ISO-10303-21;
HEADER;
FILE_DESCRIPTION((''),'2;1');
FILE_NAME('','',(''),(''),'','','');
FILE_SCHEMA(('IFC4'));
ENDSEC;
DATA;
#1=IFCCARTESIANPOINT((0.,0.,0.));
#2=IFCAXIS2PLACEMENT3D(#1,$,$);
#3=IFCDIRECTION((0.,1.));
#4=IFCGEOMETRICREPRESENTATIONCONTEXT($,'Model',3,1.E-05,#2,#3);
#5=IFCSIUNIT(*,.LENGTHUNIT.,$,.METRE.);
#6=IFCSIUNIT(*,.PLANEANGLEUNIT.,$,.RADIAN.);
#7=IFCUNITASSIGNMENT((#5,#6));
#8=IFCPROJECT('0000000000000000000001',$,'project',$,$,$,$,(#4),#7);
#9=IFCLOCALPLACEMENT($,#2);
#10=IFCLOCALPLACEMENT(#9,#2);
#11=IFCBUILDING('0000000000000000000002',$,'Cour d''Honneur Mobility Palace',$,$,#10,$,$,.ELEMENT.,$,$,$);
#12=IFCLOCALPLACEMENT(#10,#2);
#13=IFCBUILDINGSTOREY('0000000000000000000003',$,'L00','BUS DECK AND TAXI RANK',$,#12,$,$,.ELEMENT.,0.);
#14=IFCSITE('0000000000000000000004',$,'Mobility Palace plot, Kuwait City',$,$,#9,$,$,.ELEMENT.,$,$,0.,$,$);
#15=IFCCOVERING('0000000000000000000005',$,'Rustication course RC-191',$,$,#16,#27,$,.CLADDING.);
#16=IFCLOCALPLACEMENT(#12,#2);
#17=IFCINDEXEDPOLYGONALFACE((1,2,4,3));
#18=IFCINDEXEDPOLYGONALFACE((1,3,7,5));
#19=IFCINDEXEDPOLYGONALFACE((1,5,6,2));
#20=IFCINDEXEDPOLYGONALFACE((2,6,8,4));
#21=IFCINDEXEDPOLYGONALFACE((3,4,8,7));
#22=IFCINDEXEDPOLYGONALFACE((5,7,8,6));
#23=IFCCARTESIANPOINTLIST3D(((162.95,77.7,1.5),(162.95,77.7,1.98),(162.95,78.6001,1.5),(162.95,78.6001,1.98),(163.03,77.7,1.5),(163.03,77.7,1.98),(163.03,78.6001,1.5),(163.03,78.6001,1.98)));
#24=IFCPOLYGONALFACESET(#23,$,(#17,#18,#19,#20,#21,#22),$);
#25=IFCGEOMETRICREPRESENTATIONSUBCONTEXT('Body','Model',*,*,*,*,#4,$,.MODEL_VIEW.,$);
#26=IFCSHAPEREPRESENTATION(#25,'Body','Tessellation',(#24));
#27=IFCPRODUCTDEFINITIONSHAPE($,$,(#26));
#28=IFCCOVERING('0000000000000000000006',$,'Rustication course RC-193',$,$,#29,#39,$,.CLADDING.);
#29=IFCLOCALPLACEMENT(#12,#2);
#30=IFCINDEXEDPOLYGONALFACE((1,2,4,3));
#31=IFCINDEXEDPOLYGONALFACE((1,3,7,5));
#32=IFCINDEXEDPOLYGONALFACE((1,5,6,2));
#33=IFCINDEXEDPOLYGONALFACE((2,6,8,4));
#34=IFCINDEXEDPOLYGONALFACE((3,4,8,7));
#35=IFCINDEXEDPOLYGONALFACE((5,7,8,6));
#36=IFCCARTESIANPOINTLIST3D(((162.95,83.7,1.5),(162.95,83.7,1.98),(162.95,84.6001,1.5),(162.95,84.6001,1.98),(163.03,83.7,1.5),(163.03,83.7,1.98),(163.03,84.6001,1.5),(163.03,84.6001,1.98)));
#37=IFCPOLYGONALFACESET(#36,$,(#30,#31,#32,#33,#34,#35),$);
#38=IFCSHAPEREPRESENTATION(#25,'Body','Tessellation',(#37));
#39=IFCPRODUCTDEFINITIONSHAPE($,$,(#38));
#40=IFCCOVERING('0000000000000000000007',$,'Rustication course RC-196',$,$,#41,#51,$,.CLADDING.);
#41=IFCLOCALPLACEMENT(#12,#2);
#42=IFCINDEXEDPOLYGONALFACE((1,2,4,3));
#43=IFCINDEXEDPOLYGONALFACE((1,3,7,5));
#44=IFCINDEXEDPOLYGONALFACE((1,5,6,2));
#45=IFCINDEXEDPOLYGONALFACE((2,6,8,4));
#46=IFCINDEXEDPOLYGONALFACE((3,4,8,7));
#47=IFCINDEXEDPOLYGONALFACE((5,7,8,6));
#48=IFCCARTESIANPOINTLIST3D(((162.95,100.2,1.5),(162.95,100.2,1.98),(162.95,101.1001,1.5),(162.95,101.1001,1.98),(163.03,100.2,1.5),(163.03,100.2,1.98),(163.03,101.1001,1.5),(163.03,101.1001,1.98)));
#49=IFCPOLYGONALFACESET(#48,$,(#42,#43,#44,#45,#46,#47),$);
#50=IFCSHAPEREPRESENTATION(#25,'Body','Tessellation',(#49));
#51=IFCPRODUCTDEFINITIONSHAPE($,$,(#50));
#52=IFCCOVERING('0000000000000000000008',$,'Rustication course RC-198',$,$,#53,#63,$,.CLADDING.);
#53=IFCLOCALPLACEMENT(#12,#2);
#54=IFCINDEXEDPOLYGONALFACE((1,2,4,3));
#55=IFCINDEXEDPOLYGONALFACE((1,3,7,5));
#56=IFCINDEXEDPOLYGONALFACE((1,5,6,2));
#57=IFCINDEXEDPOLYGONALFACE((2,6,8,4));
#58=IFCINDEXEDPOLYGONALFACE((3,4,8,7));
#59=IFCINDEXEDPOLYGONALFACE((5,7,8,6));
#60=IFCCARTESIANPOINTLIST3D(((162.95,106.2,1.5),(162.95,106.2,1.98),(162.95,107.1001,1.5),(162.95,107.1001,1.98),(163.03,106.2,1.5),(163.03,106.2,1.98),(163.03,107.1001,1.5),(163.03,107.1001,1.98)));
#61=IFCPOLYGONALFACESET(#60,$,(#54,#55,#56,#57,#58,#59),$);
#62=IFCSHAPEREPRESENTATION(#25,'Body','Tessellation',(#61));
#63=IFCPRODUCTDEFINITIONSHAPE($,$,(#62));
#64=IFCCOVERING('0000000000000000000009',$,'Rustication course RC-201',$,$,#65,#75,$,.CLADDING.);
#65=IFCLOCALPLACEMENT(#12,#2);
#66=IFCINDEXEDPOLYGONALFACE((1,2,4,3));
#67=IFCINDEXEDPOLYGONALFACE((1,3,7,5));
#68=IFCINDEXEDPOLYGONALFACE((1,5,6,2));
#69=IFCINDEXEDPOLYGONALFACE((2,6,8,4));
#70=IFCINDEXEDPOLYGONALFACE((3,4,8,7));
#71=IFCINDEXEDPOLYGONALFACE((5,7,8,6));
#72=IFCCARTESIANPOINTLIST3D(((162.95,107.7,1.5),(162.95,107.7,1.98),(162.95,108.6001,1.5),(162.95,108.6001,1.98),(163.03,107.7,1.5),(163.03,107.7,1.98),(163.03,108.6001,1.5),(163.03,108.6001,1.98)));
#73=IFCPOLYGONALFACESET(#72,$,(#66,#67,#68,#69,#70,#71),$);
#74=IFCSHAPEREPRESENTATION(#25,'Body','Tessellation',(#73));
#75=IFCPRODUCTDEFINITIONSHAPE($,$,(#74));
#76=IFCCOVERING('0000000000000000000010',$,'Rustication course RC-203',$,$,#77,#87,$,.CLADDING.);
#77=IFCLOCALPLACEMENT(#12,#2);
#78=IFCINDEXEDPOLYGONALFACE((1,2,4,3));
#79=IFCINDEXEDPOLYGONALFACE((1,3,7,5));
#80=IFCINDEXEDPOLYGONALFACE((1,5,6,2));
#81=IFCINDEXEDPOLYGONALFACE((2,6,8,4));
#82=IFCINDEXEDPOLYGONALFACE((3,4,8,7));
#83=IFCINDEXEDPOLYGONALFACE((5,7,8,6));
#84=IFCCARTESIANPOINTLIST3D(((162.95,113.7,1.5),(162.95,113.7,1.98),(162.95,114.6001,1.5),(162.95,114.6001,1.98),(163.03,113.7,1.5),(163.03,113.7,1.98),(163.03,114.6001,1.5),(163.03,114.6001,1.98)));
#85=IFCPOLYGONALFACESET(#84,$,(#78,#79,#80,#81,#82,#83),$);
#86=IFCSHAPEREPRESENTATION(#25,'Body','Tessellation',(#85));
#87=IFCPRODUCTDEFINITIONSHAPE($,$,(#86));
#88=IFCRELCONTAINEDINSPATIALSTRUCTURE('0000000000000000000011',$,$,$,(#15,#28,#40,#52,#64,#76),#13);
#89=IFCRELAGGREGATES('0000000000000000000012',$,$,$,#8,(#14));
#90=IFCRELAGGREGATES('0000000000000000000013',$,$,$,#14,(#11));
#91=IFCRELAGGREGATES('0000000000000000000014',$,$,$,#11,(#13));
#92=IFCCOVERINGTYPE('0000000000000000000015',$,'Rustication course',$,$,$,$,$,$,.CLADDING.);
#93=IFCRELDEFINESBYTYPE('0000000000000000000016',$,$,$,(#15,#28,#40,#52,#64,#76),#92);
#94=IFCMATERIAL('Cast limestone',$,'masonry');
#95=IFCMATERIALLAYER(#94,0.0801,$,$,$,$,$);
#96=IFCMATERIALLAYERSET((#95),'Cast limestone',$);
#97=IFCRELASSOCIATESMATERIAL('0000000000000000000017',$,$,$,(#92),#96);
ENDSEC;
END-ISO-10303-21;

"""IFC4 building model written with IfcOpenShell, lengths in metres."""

from ifc_helpers import new_model, si_unit, direction, frame, origin, place, context, subcontext, project, spatial, polyline, outline, extrude, material, layer, layer_set, type_object, element, save


model = new_model("IFC4")

# Units and contexts
model_context = context("Model", 3, precision=1e-05, world=origin(), true_north=direction((0.0, 1.0)))
body_context = subcontext(model_context, "Body", "Model", "MODEL_VIEW")
ifc_project = project(units=[si_unit("LENGTHUNIT", "METRE"), si_unit("PLANEANGLEUNIT", "RADIAN")], contexts=[model_context])

# Site, building, storey
site_placement = place(None, origin())
site = spatial("IfcSite", under=ifc_project, at=site_placement, Name="Mobility Palace plot, Kuwait City", CompositionType="ELEMENT", RefElevation=0.0)
building_placement = place(site_placement, origin())
building = spatial("IfcBuilding", under=site, at=building_placement, Name="Cour d'Honneur Mobility Palace", CompositionType="ELEMENT")
storey_placement = place(building_placement, origin())
storey = spatial("IfcBuildingStorey", under=building, at=storey_placement, Name="L00", Description="BUS DECK AND TAXI RANK", CompositionType="ELEMENT", Elevation=0.0)

# Coverings
ifc_material = material(Name="Cast limestone", Category="masonry")
ifc_layer = layer(ifc_material, 0.0801)
ifc_layer_set = layer_set([ifc_layer], Name="Cast limestone")
covering_type = type_object("IfcCoveringType", Name="Rustication course", PredefinedType="CLADDING", material=ifc_layer_set)
covering_1_placement = place(storey_placement, frame((0.0, 0.0, 1.5)))
element("IfcCovering", 1, at=covering_1_placement, inside=storey, type_object=covering_type, Name="Rustication course RC-191", PredefinedType="CLADDING", context=body_context, shape_type="SweptSolid", body=[
    extrude(outline(polyline([(162.95, 77.7), (162.95, 78.6001), (163.03, 78.6001), (163.03, 77.7), (162.95, 77.7)])), origin(), (0.0, 0.0, 1.0), 0.48),
])
covering_2_placement = place(storey_placement, frame((0.0, 0.0, 1.5)))
element("IfcCovering", 2, at=covering_2_placement, inside=storey, type_object=covering_type, Name="Rustication course RC-193", PredefinedType="CLADDING", context=body_context, shape_type="SweptSolid", body=[
    extrude(outline(polyline([(162.95, 83.7), (162.95, 84.6001), (163.03, 84.6001), (163.03, 83.7), (162.95, 83.7)])), origin(), (0.0, 0.0, 1.0), 0.48),
])
covering_3_placement = place(storey_placement, frame((0.0, 0.0, 1.5)))
element("IfcCovering", 3, at=covering_3_placement, inside=storey, type_object=covering_type, Name="Rustication course RC-196", PredefinedType="CLADDING", context=body_context, shape_type="SweptSolid", body=[
    extrude(outline(polyline([(162.95, 100.2), (162.95, 101.1001), (163.03, 101.1001), (163.03, 100.2), (162.95, 100.2)])), origin(), (0.0, 0.0, 1.0), 0.48),
])
covering_4_placement = place(storey_placement, frame((0.0, 0.0, 1.5)))
element("IfcCovering", 4, at=covering_4_placement, inside=storey, type_object=covering_type, Name="Rustication course RC-198", PredefinedType="CLADDING", context=body_context, shape_type="SweptSolid", body=[
    extrude(outline(polyline([(162.95, 106.2), (162.95, 107.1001), (163.03, 107.1001), (163.03, 106.2), (162.95, 106.2)])), origin(), (0.0, 0.0, 1.0), 0.48),
])
covering_5_placement = place(storey_placement, frame((0.0, 0.0, 1.5)))
element("IfcCovering", 5, at=covering_5_placement, inside=storey, type_object=covering_type, Name="Rustication course RC-201", PredefinedType="CLADDING", context=body_context, shape_type="SweptSolid", body=[
    extrude(outline(polyline([(162.95, 107.7), (162.95, 108.6001), (163.03, 108.6001), (163.03, 107.7), (162.95, 107.7)])), origin(), (0.0, 0.0, 1.0), 0.48),
])
covering_6_placement = place(storey_placement, frame((0.0, 0.0, 1.5)))
element("IfcCovering", 6, at=covering_6_placement, inside=storey, type_object=covering_type, Name="Rustication course RC-203", PredefinedType="CLADDING", context=body_context, shape_type="SweptSolid", body=[
    extrude(outline(polyline([(162.95, 113.7), (162.95, 114.6001), (163.03, 114.6001), (163.03, 113.7), (162.95, 113.7)])), origin(), (0.0, 0.0, 1.0), 0.48),
])

save(model, "model.ifc")
